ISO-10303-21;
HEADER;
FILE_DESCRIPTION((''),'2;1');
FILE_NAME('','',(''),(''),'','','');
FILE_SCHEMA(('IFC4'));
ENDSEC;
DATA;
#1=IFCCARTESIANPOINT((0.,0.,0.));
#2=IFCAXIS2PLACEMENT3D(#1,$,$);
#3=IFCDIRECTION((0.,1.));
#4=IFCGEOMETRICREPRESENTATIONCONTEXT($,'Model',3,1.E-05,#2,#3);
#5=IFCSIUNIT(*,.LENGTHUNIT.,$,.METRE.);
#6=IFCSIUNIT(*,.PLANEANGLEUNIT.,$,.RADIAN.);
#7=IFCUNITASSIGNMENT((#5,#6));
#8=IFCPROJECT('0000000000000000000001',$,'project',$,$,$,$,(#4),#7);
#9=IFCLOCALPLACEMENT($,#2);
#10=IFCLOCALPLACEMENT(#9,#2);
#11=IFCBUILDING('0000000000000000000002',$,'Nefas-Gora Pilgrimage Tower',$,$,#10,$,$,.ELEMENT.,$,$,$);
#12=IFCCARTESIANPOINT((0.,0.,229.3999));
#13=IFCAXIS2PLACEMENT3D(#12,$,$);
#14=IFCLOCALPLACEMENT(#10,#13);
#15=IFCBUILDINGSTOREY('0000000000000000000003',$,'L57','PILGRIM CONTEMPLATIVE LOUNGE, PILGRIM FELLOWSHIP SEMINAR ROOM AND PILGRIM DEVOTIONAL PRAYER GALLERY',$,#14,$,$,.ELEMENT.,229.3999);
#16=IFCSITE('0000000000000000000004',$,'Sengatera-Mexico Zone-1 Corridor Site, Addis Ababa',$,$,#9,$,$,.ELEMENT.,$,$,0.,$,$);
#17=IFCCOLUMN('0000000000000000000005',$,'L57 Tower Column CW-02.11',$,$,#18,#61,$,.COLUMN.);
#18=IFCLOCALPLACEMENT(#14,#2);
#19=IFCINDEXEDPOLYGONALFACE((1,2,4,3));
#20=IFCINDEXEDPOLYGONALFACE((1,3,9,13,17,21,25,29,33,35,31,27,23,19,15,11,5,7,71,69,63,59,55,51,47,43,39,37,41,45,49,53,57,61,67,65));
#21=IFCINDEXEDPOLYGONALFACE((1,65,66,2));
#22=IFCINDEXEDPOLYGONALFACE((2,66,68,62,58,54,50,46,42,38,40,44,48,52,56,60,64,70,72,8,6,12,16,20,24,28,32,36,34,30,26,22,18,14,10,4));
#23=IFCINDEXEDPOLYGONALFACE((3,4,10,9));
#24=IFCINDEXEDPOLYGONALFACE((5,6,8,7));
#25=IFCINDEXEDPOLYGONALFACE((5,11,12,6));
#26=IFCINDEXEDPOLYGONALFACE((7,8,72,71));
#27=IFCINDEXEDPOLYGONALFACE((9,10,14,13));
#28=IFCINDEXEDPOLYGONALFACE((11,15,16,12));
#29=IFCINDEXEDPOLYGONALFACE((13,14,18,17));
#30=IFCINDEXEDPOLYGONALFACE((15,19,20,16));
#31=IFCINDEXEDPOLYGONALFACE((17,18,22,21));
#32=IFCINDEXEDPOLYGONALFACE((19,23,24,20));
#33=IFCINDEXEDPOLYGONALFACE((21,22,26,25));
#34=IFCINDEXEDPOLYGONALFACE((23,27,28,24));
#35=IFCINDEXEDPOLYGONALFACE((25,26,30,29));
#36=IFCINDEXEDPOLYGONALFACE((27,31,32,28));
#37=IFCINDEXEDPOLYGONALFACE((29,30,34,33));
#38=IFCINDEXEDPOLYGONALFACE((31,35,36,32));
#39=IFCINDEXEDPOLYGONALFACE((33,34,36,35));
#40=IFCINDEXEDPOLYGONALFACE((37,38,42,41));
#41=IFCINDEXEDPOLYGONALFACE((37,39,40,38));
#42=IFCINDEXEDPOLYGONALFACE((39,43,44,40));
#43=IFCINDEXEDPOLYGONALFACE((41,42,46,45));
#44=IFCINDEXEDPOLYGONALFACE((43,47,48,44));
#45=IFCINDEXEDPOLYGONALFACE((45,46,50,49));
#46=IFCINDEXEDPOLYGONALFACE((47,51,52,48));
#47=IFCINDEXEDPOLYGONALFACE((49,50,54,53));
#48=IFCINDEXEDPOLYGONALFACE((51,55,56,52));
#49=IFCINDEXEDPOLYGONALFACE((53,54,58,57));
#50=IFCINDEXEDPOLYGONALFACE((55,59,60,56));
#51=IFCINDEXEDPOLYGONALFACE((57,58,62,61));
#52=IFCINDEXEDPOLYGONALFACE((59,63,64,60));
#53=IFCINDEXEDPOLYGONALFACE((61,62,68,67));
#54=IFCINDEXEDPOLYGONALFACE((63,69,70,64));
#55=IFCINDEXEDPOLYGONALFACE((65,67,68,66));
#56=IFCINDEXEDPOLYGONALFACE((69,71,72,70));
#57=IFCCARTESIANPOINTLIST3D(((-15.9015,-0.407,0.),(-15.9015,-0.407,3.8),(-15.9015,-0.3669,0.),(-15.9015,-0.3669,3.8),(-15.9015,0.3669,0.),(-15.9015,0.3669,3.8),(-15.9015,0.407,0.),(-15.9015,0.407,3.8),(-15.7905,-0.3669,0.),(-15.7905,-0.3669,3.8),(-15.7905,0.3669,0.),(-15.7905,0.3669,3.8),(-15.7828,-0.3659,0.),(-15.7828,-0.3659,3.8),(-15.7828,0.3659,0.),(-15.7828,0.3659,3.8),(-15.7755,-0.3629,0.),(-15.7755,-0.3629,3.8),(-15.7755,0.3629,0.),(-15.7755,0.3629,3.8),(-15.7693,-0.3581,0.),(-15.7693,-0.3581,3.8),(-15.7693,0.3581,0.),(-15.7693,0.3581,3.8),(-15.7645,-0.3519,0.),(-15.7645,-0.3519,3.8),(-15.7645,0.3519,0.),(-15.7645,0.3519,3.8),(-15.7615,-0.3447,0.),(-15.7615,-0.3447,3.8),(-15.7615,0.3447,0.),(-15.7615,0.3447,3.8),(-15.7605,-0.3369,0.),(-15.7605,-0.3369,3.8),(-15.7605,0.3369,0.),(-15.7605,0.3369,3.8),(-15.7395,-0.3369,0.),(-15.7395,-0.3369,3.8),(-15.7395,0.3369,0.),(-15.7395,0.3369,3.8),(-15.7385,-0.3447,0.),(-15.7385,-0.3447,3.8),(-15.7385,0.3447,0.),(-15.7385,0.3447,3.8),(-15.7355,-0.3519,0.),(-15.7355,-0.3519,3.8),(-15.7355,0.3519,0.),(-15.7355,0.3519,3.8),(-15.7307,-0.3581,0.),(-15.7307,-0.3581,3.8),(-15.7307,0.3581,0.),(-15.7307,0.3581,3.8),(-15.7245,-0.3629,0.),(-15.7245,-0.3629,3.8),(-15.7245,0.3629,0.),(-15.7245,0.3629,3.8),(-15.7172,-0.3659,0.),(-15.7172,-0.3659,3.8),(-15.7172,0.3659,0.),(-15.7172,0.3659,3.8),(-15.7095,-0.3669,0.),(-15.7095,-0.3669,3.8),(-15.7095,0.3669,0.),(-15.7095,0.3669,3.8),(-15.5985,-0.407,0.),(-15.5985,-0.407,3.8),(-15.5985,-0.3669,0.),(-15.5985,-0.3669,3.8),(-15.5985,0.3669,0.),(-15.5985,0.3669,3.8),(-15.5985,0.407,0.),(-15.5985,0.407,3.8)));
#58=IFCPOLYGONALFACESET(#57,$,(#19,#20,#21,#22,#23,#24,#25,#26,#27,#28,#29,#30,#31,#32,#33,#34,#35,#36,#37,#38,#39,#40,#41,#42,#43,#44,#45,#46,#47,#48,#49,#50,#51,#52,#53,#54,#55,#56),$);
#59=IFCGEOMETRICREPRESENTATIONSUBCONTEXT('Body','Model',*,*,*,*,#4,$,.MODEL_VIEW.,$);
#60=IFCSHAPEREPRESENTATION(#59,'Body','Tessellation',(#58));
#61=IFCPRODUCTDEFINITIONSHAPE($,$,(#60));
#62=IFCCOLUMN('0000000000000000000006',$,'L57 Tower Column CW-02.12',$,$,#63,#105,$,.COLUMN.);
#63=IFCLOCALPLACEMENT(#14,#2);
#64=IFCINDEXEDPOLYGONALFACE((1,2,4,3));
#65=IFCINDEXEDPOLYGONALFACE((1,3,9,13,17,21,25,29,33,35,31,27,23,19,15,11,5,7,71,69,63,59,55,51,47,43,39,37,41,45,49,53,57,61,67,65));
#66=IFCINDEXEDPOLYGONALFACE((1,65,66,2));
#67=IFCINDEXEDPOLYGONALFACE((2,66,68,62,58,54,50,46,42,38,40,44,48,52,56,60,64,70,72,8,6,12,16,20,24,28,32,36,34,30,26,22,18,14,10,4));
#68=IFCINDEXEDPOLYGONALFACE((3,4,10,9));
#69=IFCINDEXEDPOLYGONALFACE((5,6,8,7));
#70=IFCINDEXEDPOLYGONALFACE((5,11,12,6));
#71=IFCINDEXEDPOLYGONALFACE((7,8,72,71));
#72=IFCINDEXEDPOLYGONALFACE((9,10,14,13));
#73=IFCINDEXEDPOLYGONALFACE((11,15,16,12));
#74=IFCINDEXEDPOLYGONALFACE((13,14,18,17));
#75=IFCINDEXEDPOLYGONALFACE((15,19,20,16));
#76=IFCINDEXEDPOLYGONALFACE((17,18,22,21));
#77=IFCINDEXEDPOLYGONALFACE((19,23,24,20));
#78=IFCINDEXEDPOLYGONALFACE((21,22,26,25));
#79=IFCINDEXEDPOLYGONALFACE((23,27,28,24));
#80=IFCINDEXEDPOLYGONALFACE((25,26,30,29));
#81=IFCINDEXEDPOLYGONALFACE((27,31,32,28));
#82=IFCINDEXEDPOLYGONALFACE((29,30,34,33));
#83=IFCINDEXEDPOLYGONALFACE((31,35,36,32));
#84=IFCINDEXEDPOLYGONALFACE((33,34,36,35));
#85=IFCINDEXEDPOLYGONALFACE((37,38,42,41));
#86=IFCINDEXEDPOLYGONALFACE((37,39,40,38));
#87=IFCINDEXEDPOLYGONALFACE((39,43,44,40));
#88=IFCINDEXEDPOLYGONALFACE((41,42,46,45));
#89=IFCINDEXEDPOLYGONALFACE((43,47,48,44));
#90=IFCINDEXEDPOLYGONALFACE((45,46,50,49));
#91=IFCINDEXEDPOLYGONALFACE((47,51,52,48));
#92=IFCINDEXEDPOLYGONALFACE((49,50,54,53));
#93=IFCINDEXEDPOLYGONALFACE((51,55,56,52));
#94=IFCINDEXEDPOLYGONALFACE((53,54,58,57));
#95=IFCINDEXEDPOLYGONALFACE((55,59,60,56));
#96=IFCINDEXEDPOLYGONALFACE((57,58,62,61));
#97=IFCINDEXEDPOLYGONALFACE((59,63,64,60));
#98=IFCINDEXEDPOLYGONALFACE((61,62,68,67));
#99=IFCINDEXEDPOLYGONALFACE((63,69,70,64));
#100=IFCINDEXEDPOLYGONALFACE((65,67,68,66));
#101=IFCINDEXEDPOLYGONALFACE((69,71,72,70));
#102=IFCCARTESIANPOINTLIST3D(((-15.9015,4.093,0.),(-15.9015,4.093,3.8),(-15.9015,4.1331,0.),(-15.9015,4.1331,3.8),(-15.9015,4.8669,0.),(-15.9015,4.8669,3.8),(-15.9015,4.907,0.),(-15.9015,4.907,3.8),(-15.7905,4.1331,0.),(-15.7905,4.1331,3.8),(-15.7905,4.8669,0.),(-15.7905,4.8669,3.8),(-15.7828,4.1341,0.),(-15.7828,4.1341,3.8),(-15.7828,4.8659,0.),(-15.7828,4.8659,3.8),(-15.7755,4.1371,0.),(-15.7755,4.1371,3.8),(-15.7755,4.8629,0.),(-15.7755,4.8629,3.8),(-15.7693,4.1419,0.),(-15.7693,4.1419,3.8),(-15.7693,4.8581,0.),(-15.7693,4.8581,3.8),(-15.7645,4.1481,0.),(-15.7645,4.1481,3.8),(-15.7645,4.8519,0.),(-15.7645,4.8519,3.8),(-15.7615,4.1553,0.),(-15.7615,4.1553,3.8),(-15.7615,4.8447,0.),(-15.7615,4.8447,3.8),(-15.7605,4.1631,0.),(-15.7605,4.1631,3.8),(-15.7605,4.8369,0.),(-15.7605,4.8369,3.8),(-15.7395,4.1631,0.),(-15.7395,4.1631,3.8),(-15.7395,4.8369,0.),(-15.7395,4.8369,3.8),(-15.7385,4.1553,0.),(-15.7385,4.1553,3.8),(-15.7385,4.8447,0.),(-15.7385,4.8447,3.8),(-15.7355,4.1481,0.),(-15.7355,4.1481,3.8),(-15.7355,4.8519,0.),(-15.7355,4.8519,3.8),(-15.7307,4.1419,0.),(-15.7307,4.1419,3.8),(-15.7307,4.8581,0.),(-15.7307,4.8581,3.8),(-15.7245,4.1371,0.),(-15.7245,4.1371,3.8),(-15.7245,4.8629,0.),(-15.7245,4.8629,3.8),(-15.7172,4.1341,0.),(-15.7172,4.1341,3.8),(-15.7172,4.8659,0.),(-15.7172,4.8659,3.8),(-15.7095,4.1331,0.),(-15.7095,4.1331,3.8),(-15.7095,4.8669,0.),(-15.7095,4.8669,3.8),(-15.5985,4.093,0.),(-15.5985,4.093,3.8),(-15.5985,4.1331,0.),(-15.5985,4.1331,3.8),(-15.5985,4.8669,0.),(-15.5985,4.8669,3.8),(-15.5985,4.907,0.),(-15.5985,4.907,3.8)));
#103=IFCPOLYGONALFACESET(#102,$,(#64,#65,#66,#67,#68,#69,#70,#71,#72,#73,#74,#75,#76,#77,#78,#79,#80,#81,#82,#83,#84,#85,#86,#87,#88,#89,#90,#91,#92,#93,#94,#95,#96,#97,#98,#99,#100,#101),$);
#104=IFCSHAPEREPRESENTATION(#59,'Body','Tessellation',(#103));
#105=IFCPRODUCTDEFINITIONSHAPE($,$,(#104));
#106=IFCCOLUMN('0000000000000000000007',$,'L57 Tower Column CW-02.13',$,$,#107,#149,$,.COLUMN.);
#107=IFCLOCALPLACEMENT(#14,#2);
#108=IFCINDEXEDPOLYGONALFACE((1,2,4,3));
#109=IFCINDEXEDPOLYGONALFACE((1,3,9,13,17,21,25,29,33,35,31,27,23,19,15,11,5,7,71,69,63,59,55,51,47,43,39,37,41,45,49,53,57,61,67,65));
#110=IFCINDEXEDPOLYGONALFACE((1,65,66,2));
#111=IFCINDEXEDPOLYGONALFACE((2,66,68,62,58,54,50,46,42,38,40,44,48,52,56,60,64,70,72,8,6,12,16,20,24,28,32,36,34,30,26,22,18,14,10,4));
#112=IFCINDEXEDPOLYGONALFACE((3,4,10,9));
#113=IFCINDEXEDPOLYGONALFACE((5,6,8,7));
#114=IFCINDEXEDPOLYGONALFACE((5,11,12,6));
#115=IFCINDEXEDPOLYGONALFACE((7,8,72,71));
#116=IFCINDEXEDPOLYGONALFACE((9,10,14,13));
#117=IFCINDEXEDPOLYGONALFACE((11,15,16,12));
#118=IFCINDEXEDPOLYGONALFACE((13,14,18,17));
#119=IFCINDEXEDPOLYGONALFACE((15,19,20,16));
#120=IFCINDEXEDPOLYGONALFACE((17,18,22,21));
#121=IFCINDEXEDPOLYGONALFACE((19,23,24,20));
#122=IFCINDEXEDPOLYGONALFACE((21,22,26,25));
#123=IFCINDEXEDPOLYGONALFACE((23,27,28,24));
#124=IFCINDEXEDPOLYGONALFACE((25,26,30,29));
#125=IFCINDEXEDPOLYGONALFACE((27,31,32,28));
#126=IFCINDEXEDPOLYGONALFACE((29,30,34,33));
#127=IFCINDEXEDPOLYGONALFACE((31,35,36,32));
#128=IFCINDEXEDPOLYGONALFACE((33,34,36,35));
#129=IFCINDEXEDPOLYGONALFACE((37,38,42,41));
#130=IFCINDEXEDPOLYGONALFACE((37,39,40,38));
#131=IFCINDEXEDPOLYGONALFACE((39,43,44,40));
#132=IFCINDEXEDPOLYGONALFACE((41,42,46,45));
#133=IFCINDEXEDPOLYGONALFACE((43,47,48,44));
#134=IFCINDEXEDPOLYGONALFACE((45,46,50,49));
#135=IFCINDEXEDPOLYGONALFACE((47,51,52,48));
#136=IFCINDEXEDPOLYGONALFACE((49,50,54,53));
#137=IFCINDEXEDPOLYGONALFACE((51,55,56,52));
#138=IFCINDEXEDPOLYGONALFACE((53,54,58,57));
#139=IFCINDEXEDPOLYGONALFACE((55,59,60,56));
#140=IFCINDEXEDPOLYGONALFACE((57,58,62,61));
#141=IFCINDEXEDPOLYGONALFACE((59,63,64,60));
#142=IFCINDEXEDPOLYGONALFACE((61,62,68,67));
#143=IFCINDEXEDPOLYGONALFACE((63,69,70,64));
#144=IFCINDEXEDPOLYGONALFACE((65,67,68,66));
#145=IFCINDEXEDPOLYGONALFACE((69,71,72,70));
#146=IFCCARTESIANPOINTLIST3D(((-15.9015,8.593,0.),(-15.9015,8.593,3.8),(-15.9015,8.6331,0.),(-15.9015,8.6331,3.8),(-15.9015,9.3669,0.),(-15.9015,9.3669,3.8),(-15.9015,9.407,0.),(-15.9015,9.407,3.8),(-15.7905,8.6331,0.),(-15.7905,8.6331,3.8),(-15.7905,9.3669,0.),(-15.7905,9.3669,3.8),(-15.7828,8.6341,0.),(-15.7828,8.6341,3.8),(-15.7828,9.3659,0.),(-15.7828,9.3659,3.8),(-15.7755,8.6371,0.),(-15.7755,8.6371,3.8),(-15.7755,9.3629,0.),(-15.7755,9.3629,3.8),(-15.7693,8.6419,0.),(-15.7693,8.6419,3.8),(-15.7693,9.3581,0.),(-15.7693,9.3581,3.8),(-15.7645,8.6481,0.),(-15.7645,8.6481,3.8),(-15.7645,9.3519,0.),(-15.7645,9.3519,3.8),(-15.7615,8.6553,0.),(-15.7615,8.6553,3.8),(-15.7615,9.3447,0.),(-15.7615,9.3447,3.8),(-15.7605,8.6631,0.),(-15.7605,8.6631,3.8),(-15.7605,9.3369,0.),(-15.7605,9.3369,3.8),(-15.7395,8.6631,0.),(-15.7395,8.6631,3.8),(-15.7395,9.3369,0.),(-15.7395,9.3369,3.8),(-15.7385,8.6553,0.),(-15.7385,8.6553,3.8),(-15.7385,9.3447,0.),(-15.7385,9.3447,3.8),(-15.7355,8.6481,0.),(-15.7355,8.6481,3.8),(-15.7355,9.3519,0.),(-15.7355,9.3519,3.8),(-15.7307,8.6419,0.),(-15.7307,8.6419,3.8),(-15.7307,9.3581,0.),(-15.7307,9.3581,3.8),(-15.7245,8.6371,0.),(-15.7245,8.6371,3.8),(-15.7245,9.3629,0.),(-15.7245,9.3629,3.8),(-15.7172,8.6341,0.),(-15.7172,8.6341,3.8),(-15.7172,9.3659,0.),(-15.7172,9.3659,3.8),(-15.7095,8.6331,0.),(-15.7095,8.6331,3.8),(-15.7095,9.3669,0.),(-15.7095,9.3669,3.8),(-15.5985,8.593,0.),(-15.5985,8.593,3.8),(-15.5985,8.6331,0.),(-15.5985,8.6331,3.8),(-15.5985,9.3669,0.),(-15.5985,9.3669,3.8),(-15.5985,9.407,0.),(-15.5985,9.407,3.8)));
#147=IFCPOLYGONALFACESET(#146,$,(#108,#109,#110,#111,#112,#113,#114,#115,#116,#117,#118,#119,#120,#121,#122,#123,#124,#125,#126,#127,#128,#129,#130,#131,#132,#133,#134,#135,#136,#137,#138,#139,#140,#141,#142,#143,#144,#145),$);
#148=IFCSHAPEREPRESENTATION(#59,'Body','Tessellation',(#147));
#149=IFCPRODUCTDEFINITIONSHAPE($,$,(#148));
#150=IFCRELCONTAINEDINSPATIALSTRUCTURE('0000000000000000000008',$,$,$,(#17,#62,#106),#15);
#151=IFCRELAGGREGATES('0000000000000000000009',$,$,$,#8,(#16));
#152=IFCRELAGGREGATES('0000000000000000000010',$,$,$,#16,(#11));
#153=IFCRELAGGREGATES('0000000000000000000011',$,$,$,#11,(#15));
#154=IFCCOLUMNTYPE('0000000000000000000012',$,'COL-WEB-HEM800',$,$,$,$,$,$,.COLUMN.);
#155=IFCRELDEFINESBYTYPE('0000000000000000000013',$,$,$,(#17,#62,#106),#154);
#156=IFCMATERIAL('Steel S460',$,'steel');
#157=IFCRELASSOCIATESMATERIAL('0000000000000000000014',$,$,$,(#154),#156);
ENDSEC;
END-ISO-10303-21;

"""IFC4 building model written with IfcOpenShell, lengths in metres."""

from ifc_helpers import new_model, si_unit, direction, frame, origin, origin_2d, place, context, subcontext, project, spatial, i_section, extrude, source, transform, mapped, material, material_profile, profile_set, type_object, element, save


model = new_model("IFC4")

# Units and contexts
model_context = context("Model", 3, precision=1e-05, world=origin(), true_north=direction((0.0, 1.0)))
body_context = subcontext(model_context, "Body", "Model", "MODEL_VIEW")
ifc_project = project(units=[si_unit("LENGTHUNIT", "METRE"), si_unit("PLANEANGLEUNIT", "RADIAN")], contexts=[model_context])

# Site, building, storey
site_placement = place(None, origin())
site = spatial("IfcSite", under=ifc_project, at=site_placement, Name="Sengatera-Mexico Zone-1 Corridor Site, Addis Ababa", CompositionType="ELEMENT", RefElevation=0.0)
building_placement = place(site_placement, origin())
building = spatial("IfcBuilding", under=site, at=building_placement, Name="Nefas-Gora Pilgrimage Tower", CompositionType="ELEMENT")
storey_placement = place(building_placement, frame((0.0, 0.0, 229.3999)))
storey = spatial("IfcBuildingStorey", under=building, at=storey_placement, Name="L57", Description="PILGRIM CONTEMPLATIVE LOUNGE, PILGRIM FELLOWSHIP SEMINAR ROOM AND PILGRIM DEVOTIONAL PRAYER GALLERY", CompositionType="ELEMENT", Elevation=229.3999)

# Columns
ifc_material_1 = material(Name="Steel S460", Category="steel")
ifc_material_profile_1 = material_profile(ifc_material_1, i_section(OverallWidth=0.303, OverallDepth=0.814, WebThickness=0.021, FlangeThickness=0.04, FilletRadius=0.03, at=origin_2d()), Name="HEM 800")
ifc_profile_set_1 = profile_set([ifc_material_profile_1], Name="Steel S460")
column_type_1 = type_object("IfcColumnType", Name="COL-WEB-HEM800", PredefinedType="COLUMN", material=ifc_profile_set_1)
shared_shape_1 = source(origin(), body_context, "Body", "SweptSolid", [
    extrude(i_section(OverallWidth=0.303, OverallDepth=0.814, WebThickness=0.021, FlangeThickness=0.04, FilletRadius=0.03, at=origin_2d()), origin(), (0.0, 0.0, 1.0), 3.8),
])
for number, where, z_axis, x_axis, name in (
    (1, (-15.75, 0.0, 0.0), (0.0, 0.0, 1.0), (1.0, 0.0, 0.0), "L57 Tower Column CW-02.11"),
    (2, (-15.75, 4.5, 0.0), (0.0, 0.0, 1.0), (1.0, 0.0, 0.0), "L57 Tower Column CW-02.12"),
    (3, (-15.75, 9.0, 0.0), (0.0, 0.0, 1.0), (1.0, 0.0, 0.0), "L57 Tower Column CW-02.13"),
):
    element("IfcColumn", number, at=place(storey_placement, frame(where, z_axis=z_axis, x_axis=x_axis)), inside=storey, type_object=column_type_1, Name=name, PredefinedType="COLUMN", context=body_context, shape_type="MappedRepresentation", body=[
        mapped(shared_shape_1, transform((0.0, 0.0, 0.0), x_axis=(1.0, 0.0, 0.0), y_axis=(0.0, 1.0, 0.0), z_axis=(0.0, 0.0, 1.0), scale=1.0)),
    ])

save(model, "model.ifc")
